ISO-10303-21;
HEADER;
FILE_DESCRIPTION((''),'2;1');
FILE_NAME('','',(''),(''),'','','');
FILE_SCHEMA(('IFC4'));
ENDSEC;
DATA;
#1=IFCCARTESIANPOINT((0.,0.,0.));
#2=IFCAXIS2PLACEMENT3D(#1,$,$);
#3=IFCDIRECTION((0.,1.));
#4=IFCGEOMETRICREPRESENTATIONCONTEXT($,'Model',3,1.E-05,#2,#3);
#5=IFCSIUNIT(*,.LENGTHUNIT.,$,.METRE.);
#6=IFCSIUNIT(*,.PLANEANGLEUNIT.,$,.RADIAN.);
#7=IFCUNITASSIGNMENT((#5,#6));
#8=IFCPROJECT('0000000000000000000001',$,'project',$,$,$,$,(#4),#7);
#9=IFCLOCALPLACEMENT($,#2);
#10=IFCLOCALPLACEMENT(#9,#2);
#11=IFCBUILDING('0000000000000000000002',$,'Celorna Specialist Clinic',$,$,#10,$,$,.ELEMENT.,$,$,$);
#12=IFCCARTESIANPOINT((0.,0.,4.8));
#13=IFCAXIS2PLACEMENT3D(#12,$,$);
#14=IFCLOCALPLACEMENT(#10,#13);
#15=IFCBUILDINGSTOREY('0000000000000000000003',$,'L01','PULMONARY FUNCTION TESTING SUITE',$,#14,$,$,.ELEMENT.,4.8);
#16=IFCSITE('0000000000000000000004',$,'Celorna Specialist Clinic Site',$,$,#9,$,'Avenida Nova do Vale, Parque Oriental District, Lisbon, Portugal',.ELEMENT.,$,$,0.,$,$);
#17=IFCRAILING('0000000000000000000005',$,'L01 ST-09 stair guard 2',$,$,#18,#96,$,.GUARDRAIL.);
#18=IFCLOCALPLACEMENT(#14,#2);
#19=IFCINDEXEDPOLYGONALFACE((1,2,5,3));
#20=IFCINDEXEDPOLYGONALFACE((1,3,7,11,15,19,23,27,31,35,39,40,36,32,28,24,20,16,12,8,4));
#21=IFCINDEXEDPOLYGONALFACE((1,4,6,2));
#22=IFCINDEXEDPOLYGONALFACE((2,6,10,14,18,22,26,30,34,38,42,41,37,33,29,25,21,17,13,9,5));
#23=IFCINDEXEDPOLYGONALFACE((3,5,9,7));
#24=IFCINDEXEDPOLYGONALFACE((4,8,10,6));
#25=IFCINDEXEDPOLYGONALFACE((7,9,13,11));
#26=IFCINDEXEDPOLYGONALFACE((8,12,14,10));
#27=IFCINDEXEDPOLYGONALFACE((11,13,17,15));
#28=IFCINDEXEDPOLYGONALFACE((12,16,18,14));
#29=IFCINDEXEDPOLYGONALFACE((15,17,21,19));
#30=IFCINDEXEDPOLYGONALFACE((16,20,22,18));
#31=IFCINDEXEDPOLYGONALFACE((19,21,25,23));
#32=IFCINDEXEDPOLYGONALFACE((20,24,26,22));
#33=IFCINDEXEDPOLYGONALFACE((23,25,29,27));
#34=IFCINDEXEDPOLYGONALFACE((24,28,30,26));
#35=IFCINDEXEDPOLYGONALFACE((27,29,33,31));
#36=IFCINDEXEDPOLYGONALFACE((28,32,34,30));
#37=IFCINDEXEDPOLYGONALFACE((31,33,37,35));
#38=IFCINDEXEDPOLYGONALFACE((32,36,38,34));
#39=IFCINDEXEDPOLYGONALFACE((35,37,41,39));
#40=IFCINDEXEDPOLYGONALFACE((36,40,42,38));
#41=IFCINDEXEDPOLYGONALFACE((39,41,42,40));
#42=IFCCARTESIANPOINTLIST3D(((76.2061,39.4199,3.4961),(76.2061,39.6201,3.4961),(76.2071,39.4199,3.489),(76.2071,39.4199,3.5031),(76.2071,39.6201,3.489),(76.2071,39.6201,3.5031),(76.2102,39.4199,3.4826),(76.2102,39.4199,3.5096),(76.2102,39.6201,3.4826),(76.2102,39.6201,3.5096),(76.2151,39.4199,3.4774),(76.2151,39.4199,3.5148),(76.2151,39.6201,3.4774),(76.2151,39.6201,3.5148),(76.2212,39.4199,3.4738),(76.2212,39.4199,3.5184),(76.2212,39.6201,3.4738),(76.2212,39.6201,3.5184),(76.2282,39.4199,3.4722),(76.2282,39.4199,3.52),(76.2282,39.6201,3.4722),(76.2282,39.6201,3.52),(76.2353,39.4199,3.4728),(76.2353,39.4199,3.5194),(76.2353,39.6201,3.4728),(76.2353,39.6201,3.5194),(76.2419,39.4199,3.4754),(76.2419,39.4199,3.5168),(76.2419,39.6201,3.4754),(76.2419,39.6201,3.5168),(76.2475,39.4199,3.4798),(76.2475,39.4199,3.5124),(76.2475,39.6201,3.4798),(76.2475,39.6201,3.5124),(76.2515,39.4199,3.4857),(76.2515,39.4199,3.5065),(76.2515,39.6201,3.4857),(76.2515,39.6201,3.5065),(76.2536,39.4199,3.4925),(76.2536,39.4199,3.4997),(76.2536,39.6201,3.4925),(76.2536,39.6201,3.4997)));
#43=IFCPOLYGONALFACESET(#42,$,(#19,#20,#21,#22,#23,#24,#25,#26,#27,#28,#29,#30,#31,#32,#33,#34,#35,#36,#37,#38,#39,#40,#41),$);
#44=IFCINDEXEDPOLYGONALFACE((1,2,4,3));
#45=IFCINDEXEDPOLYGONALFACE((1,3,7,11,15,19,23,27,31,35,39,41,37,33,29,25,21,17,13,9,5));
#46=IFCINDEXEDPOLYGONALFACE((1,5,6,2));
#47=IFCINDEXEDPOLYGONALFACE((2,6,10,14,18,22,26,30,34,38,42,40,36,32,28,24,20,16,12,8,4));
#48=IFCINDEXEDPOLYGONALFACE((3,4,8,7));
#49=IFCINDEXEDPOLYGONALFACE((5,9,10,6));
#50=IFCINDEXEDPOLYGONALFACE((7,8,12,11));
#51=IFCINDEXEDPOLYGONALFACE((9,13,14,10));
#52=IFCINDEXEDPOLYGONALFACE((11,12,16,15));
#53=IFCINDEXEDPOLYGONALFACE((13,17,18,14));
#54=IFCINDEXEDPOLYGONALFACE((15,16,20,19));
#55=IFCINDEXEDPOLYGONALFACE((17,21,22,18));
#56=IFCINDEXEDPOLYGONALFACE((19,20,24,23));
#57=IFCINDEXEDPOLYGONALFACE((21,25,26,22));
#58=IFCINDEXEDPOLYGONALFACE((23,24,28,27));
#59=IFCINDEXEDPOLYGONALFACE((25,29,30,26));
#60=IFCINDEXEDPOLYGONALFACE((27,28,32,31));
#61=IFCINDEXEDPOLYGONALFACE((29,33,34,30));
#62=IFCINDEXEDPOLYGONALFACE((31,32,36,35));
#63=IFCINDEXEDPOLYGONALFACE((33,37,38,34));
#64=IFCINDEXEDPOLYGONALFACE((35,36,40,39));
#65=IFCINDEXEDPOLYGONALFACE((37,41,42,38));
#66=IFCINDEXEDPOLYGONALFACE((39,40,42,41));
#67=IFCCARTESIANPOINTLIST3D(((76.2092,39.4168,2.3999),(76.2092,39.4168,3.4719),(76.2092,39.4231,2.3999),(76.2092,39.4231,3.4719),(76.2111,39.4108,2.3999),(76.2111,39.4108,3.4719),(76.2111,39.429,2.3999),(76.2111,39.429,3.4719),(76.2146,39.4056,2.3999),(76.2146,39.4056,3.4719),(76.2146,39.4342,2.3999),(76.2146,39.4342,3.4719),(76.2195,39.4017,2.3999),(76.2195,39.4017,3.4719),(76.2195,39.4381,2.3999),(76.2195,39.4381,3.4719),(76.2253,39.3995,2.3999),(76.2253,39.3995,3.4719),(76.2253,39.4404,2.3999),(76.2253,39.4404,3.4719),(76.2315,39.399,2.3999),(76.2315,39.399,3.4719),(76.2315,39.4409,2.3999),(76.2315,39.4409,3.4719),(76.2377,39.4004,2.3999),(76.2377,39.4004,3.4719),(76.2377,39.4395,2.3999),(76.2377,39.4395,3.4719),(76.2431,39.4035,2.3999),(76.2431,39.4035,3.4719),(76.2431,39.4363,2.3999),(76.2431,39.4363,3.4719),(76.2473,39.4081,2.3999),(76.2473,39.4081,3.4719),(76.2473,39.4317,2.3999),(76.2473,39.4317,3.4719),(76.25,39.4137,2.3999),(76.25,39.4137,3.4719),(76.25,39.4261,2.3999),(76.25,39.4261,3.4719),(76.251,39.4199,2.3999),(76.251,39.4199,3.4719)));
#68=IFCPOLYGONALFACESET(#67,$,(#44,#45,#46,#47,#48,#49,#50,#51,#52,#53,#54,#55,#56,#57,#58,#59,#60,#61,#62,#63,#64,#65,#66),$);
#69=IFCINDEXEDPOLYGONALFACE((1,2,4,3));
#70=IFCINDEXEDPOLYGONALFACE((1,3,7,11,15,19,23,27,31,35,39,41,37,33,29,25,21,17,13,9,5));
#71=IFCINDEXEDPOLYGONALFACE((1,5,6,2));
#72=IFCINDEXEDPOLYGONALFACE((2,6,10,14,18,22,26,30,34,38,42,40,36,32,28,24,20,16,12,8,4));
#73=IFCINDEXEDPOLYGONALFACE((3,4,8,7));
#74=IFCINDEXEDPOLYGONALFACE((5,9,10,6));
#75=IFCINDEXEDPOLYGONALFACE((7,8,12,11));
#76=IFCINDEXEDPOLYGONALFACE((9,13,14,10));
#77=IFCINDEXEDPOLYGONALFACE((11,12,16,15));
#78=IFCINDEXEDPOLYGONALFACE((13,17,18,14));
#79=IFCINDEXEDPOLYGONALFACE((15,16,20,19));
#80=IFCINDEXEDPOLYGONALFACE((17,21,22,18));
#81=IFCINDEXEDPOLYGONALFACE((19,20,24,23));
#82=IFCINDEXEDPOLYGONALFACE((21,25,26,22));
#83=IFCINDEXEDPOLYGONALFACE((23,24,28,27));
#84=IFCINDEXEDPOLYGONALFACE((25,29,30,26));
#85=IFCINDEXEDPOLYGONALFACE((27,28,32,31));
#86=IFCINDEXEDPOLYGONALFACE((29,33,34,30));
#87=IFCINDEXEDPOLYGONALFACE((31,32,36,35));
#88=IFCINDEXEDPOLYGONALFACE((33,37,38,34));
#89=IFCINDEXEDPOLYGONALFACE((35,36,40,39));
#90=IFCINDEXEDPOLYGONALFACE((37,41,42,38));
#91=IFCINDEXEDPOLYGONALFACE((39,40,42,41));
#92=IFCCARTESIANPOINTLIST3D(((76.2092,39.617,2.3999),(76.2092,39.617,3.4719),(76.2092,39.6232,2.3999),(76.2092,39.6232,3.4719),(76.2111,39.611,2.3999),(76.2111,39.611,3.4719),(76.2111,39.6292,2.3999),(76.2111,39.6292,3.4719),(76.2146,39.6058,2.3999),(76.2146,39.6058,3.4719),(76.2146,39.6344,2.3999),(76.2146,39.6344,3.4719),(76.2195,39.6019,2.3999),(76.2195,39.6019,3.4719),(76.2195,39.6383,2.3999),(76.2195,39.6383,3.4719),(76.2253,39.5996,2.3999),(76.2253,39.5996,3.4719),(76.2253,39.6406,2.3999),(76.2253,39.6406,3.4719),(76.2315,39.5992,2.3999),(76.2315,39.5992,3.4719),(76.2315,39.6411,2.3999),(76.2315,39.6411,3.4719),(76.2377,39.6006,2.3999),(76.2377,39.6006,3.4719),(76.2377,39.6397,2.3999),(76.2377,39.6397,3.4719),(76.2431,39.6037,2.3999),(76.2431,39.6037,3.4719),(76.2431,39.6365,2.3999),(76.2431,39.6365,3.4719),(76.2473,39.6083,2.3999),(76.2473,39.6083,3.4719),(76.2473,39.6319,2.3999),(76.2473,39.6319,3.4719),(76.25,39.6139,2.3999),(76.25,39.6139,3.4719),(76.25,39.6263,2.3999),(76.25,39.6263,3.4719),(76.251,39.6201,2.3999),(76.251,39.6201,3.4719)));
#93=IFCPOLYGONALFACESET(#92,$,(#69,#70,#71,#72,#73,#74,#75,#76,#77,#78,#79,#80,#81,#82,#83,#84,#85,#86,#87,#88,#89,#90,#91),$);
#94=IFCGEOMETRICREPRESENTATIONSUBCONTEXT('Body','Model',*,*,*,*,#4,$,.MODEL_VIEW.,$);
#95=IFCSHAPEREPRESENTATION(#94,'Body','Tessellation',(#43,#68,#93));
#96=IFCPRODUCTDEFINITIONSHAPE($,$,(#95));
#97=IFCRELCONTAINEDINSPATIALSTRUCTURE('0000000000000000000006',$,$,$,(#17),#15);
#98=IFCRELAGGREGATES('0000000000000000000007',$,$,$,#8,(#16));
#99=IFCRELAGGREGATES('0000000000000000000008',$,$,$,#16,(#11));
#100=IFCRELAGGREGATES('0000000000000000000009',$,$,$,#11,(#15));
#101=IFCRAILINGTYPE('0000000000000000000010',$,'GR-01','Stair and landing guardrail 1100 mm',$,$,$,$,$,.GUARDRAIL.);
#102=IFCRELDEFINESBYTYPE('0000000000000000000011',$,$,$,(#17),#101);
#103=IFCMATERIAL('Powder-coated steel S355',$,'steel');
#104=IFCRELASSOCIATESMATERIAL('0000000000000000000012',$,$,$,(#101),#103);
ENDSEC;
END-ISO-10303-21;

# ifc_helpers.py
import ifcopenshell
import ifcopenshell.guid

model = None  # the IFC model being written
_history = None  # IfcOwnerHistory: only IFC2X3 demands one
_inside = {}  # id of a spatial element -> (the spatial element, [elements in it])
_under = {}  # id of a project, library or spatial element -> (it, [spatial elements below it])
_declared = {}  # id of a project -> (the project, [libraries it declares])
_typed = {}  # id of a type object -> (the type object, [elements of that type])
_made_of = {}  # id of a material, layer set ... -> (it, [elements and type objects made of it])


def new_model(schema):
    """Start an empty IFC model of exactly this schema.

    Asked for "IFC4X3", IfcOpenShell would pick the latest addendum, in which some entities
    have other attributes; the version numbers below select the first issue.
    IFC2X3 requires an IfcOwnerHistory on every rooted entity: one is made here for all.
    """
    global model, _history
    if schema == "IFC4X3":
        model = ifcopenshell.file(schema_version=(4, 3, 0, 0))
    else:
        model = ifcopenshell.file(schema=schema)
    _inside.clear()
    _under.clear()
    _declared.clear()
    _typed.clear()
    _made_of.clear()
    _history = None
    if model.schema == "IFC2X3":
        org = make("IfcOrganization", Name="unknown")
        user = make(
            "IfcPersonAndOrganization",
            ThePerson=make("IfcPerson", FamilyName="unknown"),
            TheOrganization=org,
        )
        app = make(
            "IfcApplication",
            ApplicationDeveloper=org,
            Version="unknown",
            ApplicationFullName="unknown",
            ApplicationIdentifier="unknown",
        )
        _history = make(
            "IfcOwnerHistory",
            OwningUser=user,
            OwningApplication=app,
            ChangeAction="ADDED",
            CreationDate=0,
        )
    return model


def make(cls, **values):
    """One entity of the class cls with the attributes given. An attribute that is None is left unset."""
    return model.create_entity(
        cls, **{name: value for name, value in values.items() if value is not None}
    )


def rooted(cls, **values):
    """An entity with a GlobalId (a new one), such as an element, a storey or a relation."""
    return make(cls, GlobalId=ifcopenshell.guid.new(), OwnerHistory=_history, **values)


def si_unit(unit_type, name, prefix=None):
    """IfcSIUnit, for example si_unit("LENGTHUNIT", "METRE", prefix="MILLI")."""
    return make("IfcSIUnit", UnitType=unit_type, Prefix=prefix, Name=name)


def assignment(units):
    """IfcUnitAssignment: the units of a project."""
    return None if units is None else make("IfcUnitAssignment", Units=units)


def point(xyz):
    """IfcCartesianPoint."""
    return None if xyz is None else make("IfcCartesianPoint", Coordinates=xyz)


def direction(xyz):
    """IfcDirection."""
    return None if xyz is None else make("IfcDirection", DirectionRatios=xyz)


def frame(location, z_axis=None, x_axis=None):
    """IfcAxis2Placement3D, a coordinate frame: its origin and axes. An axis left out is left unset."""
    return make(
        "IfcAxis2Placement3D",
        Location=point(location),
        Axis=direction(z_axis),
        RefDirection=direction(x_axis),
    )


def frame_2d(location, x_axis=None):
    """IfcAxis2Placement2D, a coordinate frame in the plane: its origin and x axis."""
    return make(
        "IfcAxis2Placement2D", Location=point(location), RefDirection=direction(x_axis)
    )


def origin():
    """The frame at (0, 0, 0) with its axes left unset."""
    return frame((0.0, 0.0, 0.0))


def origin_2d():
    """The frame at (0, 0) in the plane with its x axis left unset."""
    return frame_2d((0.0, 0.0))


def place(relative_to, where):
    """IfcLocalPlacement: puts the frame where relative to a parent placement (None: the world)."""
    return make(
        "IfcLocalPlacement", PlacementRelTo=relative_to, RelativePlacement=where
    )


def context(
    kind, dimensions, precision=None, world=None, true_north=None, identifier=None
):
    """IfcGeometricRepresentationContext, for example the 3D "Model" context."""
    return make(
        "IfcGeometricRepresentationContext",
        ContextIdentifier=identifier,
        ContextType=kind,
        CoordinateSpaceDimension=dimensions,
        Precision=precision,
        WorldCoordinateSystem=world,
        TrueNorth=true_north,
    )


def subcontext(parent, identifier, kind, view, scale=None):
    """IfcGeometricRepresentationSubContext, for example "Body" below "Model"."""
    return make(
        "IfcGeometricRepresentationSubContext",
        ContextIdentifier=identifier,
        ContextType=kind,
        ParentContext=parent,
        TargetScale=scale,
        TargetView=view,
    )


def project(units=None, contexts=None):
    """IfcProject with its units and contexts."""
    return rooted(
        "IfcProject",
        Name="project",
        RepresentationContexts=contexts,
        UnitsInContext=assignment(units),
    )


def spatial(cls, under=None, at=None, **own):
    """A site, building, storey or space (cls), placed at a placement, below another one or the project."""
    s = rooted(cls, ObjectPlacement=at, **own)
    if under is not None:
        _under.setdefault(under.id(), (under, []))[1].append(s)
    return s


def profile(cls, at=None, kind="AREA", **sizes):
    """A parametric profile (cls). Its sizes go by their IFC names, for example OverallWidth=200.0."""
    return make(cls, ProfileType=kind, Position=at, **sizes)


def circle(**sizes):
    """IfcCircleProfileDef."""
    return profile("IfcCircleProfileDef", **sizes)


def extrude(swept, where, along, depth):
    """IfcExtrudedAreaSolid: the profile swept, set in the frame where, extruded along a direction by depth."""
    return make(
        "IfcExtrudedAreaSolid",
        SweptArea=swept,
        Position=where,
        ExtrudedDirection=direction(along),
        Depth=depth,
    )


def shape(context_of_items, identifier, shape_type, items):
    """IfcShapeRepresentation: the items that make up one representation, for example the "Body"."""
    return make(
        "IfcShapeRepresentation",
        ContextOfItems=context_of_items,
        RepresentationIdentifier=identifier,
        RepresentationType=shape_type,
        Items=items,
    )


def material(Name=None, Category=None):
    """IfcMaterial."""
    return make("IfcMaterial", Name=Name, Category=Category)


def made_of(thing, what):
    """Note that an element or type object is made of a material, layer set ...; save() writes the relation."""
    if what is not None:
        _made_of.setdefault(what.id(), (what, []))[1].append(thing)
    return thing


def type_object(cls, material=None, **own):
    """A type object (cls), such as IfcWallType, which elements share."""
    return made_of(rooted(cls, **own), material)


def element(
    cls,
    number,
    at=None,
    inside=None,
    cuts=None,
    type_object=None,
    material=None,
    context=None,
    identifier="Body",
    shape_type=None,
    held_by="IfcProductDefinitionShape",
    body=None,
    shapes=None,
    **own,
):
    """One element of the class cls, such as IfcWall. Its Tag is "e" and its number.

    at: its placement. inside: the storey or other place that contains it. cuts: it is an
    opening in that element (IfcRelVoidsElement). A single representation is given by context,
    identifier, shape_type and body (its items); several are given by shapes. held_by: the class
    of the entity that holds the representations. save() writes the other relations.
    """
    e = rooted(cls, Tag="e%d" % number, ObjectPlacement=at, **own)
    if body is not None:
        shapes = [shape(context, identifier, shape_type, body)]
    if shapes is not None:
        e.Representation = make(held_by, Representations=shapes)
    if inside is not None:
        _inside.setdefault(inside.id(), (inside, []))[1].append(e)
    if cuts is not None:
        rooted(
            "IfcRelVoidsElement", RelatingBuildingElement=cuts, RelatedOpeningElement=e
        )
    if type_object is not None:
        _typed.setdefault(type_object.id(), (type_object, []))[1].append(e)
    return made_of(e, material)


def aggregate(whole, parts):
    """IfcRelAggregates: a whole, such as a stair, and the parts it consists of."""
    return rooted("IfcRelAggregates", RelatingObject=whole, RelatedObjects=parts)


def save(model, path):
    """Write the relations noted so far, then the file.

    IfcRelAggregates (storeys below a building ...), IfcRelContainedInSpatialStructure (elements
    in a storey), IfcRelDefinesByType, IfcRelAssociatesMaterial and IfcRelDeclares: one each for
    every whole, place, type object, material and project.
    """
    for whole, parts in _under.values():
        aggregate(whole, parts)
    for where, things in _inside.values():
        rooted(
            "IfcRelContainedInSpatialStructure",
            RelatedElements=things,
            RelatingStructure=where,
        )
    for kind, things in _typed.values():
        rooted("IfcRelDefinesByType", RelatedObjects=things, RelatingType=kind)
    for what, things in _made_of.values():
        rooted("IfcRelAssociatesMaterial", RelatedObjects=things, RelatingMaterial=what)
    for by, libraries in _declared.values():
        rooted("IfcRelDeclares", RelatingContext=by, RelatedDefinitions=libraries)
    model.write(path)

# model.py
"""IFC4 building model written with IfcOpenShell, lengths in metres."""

from ifc_helpers import new_model, si_unit, direction, frame, origin, origin_2d, place, context, subcontext, project, spatial, circle, extrude, material, type_object, element, save


model = new_model("IFC4")

# Units and contexts
model_context = context("Model", 3, precision=1e-05, world=origin(), true_north=direction((0.0, 1.0)))
body_context = subcontext(model_context, "Body", "Model", "MODEL_VIEW")
ifc_project = project(units=[si_unit("LENGTHUNIT", "METRE"), si_unit("PLANEANGLEUNIT", "RADIAN")], contexts=[model_context])

# Site, building, storey
site_placement = place(None, origin())
site = spatial("IfcSite", under=ifc_project, at=site_placement, Name="Celorna Specialist Clinic Site", LongName="Avenida Nova do Vale, Parque Oriental District, Lisbon, Portugal", CompositionType="ELEMENT", RefElevation=0.0)
building_placement = place(site_placement, origin())
building = spatial("IfcBuilding", under=site, at=building_placement, Name="Celorna Specialist Clinic", CompositionType="ELEMENT")
storey_placement = place(building_placement, frame((0.0, 0.0, 4.8)))
storey = spatial("IfcBuildingStorey", under=building, at=storey_placement, Name="L01", Description="PULMONARY FUNCTION TESTING SUITE", CompositionType="ELEMENT", Elevation=4.8)

# Railing
ifc_material_1 = material(Name="Powder-coated steel S355", Category="steel")
railing_type = type_object("IfcRailingType", Name="GR-01", Description="Stair and landing guardrail 1100 mm", PredefinedType="GUARDRAIL", material=ifc_material_1)
railing_1_placement = place(storey_placement, frame((76.23, 39.4199, 2.3999)))
element("IfcRailing", 1, at=railing_1_placement, inside=storey, type_object=railing_type, Name="L01 ST-09 stair guard 2", PredefinedType="GUARDRAIL", context=body_context, shape_type="SweptSolid", body=[
    extrude(circle(Radius=0.0239, at=origin_2d()), frame((0.0, 0.0, 1.0962), z_axis=(0.0, 1.0, 0.0), x_axis=(-1.0, 0.0, 0.0)), (0.0, 0.0, 1.0), 0.2002),
    extrude(circle(Radius=0.021, at=origin_2d()), origin(), (0.0, 0.0, 1.0), 1.072),
    extrude(circle(Radius=0.021, at=origin_2d()), frame((0.0, 0.2002, 0.0)), (0.0, 0.0, 1.0), 1.072),
])

save(model, "model.ifc")
